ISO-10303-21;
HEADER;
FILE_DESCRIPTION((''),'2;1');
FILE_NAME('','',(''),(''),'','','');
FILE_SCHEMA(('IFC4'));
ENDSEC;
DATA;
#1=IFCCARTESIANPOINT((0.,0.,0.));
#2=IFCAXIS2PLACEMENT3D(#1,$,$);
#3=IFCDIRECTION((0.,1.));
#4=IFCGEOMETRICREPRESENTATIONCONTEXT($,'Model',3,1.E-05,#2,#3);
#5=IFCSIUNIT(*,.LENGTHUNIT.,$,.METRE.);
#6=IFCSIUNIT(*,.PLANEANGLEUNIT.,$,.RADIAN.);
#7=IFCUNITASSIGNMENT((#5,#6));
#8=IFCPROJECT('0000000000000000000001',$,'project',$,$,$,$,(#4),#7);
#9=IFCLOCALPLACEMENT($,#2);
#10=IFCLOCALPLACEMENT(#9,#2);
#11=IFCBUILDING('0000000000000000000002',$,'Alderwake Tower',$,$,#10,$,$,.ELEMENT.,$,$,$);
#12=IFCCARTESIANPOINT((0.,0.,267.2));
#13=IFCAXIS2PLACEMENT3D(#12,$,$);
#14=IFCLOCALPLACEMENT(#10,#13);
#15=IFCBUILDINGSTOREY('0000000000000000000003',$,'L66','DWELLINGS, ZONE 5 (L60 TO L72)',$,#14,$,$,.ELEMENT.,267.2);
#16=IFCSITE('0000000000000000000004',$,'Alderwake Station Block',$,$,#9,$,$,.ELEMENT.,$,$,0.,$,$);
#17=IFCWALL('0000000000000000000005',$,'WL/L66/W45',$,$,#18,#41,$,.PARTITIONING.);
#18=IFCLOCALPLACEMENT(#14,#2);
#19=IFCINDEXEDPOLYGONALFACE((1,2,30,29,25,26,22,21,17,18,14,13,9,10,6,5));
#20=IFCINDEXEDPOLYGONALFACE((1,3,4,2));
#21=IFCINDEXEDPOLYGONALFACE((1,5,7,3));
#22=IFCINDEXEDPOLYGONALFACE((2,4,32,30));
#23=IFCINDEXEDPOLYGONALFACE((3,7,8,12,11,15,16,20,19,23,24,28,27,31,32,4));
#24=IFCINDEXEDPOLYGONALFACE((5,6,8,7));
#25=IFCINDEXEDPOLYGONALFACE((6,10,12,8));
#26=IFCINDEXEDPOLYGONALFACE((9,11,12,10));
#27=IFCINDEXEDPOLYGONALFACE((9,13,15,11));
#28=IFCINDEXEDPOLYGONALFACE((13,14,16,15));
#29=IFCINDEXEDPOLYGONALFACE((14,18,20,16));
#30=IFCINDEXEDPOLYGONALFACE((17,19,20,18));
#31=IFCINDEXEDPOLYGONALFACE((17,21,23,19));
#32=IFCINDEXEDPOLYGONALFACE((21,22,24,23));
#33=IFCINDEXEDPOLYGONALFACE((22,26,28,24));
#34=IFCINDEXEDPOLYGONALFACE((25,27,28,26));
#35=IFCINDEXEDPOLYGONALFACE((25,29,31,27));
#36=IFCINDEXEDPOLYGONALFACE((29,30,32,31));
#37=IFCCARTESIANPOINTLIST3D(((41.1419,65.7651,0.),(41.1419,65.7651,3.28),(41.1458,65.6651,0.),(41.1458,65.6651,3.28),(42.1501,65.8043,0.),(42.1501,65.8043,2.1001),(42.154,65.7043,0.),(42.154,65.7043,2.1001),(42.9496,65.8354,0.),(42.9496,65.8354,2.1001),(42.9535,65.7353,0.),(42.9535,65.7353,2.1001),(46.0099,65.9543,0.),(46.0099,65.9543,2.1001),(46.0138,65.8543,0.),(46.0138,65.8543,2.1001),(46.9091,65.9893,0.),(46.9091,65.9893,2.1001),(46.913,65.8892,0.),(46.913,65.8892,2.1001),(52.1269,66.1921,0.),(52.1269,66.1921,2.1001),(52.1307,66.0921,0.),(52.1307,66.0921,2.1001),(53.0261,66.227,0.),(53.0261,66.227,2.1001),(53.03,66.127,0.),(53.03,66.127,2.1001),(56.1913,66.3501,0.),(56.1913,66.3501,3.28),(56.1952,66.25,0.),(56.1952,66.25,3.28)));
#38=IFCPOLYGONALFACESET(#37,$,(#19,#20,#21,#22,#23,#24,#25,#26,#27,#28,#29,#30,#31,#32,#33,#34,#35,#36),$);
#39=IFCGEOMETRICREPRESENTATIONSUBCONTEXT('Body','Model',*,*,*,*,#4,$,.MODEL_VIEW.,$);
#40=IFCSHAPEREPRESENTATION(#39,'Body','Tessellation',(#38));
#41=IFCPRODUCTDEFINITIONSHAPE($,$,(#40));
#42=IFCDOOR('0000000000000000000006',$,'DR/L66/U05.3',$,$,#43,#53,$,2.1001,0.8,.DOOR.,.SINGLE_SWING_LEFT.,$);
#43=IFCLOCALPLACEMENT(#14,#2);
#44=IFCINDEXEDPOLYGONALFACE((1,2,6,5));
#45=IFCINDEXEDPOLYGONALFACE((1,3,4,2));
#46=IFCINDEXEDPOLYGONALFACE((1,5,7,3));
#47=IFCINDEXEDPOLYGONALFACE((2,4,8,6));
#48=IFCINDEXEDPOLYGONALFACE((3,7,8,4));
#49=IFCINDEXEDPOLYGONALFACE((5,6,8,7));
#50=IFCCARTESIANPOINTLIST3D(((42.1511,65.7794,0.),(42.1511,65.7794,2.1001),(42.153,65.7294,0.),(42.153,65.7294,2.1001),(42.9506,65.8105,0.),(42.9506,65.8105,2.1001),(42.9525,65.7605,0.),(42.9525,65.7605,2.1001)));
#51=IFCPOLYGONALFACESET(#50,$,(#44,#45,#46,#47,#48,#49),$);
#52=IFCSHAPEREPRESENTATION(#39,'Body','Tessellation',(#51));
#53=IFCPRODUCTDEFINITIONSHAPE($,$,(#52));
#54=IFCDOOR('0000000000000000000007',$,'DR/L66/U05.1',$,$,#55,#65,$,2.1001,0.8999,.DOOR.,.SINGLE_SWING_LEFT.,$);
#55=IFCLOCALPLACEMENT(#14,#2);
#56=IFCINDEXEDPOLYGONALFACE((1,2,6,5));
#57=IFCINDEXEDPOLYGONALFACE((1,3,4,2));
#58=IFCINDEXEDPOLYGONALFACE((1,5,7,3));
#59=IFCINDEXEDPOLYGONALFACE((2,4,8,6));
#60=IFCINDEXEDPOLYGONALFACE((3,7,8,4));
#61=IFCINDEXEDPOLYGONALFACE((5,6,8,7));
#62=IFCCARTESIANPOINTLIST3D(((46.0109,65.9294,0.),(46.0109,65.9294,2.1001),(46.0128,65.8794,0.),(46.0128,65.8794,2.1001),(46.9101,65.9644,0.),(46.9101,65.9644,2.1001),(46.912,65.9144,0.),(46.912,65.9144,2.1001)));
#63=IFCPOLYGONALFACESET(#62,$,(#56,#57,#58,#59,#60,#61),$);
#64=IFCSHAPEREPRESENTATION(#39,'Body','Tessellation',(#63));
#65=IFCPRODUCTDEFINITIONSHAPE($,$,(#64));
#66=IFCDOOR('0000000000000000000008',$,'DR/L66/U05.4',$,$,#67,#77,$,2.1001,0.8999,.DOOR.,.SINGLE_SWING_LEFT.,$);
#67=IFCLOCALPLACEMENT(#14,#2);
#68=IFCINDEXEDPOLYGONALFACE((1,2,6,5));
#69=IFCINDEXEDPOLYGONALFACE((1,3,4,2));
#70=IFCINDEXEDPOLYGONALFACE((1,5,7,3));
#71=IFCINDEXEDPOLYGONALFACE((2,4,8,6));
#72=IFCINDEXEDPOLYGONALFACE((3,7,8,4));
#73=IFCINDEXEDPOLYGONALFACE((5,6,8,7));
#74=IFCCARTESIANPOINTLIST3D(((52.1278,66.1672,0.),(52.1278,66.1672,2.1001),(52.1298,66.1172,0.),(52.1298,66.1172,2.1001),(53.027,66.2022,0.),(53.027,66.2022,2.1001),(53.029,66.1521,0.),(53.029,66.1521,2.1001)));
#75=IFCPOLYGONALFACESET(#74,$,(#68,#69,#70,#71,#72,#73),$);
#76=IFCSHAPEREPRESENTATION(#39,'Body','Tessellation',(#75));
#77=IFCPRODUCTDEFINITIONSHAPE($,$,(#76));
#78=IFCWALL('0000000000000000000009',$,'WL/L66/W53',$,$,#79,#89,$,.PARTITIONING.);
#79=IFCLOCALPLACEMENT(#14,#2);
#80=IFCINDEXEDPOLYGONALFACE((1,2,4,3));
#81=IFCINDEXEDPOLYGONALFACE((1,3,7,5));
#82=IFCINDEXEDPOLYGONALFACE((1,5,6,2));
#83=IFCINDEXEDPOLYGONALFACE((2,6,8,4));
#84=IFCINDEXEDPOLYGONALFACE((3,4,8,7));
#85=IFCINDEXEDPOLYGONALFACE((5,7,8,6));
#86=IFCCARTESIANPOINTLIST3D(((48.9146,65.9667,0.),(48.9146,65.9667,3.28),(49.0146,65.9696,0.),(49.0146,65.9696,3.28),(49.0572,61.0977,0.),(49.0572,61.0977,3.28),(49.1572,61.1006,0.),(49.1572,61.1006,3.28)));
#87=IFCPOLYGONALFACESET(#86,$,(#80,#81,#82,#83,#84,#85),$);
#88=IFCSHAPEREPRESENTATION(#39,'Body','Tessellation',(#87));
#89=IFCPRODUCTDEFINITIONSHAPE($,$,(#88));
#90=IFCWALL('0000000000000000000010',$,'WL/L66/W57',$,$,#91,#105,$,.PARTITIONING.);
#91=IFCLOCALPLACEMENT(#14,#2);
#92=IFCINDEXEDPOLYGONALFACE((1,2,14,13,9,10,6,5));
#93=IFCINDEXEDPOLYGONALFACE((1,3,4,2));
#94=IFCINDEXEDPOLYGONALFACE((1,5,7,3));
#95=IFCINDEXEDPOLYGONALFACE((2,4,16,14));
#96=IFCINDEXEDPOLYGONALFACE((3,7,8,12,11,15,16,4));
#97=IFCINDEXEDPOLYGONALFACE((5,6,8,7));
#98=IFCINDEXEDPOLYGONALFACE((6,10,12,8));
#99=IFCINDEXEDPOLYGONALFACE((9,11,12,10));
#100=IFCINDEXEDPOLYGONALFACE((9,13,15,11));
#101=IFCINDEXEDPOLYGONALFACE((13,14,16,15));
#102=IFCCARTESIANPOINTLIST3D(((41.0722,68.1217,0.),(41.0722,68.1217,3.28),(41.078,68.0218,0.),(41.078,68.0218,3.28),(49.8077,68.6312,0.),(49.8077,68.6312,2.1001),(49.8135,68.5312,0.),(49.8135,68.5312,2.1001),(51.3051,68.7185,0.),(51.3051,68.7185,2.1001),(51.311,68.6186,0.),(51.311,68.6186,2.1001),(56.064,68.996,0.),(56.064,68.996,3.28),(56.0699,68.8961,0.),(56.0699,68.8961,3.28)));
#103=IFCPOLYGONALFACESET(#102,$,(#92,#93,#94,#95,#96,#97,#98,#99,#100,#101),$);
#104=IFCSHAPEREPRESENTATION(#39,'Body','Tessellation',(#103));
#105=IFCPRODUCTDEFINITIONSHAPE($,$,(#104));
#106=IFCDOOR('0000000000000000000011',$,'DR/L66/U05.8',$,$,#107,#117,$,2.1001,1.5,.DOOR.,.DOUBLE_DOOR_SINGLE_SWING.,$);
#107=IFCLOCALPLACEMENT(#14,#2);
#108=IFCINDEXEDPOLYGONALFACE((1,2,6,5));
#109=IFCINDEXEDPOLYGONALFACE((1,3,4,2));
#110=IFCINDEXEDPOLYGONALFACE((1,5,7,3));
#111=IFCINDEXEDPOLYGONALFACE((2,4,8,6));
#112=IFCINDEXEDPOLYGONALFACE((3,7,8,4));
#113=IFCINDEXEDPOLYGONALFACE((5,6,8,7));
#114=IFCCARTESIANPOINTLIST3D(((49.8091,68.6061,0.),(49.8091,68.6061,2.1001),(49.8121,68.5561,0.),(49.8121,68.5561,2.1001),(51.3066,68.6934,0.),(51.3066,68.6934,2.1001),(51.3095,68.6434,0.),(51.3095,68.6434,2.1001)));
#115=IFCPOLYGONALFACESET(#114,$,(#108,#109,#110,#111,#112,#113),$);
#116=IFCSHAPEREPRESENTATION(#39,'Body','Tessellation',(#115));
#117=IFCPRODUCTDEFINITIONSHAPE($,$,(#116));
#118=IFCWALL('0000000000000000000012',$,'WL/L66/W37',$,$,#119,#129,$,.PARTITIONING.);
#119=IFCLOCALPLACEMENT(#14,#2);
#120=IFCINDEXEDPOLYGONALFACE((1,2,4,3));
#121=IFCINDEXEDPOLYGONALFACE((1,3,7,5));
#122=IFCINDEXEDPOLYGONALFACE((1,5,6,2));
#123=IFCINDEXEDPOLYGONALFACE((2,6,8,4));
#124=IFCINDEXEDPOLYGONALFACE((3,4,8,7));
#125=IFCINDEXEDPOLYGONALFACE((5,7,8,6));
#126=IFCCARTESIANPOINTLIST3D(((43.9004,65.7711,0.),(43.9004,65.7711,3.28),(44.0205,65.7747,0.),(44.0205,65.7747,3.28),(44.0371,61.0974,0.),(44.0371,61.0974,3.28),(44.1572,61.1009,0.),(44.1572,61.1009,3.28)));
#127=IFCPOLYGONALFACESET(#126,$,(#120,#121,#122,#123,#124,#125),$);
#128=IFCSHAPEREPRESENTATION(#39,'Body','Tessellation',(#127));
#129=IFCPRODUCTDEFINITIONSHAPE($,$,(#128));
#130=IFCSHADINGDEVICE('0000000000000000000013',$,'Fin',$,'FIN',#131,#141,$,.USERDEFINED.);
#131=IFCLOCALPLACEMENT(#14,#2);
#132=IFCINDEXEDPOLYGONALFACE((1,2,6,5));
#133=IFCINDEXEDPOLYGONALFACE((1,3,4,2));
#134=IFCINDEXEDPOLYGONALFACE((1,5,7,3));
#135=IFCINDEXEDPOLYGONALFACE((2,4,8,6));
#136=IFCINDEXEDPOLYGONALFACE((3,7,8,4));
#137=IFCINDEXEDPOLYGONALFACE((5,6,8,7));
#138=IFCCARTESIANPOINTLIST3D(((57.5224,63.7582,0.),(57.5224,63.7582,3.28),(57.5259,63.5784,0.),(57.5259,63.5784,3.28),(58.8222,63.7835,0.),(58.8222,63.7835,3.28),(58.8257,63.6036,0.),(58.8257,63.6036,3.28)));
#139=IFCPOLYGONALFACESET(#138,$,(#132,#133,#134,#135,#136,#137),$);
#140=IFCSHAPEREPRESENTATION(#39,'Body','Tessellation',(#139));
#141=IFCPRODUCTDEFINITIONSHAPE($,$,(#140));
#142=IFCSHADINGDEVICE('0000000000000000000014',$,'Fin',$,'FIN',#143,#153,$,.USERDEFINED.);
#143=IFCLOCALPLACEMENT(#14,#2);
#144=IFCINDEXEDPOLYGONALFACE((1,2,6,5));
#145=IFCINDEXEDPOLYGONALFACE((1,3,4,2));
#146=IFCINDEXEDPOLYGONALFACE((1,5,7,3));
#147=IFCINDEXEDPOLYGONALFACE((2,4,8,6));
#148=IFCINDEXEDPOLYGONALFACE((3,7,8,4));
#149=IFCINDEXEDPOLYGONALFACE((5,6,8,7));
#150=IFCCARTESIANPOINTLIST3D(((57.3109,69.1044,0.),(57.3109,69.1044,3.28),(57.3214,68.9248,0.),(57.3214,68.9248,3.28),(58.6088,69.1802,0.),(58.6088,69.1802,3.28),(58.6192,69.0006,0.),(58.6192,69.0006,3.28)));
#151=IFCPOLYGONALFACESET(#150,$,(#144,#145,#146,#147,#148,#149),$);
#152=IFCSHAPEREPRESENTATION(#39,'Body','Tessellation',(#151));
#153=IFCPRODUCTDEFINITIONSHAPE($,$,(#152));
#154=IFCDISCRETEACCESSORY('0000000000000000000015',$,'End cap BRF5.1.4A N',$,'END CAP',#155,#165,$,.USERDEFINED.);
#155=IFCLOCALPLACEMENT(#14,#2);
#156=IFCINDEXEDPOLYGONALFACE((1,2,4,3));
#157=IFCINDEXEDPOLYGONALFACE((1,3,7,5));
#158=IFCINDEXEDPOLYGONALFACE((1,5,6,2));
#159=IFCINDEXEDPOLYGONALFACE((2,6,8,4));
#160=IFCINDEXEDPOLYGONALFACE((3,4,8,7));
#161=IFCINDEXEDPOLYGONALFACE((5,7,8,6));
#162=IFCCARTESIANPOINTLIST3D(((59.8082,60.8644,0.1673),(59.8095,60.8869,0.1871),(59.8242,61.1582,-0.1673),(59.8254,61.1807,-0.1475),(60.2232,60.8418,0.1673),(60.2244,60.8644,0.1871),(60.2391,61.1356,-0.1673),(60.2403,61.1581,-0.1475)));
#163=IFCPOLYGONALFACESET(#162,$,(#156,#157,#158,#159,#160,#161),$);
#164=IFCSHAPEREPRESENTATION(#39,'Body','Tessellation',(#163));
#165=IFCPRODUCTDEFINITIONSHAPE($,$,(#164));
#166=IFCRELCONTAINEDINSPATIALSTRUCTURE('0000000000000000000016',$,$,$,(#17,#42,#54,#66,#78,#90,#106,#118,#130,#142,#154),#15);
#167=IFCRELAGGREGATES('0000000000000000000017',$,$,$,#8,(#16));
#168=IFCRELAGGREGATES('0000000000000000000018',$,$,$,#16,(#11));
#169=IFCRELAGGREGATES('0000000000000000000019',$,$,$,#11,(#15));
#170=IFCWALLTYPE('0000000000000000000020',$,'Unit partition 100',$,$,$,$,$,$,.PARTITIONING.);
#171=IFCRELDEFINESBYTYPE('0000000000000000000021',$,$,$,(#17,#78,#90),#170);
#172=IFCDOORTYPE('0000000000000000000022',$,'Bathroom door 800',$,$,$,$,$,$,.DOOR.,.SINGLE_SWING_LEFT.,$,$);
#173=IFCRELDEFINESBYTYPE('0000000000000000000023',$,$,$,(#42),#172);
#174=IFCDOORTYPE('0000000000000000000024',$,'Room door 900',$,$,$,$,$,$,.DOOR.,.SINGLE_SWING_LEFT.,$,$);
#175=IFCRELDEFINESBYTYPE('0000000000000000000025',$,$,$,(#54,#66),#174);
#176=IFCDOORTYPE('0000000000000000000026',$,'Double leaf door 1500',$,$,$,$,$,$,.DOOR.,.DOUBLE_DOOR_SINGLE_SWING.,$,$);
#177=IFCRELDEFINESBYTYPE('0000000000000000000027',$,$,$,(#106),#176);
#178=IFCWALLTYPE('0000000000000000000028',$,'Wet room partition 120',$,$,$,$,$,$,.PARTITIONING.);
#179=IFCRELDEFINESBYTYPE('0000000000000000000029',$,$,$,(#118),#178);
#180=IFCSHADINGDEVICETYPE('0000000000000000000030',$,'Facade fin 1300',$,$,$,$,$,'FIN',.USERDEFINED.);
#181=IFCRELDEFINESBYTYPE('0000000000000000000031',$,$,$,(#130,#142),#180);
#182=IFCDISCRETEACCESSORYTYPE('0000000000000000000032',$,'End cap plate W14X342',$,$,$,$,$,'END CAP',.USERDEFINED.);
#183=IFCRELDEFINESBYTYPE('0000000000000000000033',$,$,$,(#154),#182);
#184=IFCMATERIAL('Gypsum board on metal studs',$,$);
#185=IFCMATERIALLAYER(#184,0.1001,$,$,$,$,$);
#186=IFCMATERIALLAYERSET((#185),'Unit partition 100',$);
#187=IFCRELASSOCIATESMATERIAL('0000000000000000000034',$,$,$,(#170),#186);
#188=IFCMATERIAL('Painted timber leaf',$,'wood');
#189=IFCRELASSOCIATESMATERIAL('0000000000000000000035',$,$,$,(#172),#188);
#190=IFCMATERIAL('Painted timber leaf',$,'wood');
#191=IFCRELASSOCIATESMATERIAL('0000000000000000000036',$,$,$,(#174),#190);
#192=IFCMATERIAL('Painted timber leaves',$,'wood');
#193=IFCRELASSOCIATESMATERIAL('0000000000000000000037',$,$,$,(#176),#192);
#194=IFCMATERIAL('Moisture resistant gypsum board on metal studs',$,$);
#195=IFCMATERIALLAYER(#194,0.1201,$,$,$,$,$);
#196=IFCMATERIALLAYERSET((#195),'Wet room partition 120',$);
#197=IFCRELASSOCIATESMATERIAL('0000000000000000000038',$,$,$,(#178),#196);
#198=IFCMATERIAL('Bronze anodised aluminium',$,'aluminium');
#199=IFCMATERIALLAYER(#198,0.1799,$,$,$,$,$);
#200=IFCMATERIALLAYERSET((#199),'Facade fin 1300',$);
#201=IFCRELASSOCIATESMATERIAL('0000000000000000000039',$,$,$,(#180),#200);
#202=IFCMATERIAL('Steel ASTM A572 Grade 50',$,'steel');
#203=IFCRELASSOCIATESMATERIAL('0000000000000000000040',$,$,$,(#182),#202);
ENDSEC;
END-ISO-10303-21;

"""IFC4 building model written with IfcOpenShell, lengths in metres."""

from ifc_helpers import new_model, si_unit, direction, frame, frame_2d, origin, origin_2d, place, context, subcontext, project, spatial, rectangle, extrude, material, layer, layer_set, material_profile, profile_set, type_object, element, fill, save


model = new_model("IFC4")

# Units and contexts
model_context = context("Model", 3, precision=1e-05, world=origin(), true_north=direction((0.0, 1.0)))
body_context = subcontext(model_context, "Body", "Model", "MODEL_VIEW")
ifc_project = project(units=[si_unit("LENGTHUNIT", "METRE"), si_unit("PLANEANGLEUNIT", "RADIAN")], contexts=[model_context])

# Site, building, storey
site_placement = place(None, origin())
site = spatial("IfcSite", under=ifc_project, at=site_placement, Name="Alderwake Station Block", CompositionType="ELEMENT", RefElevation=0.0)
building_placement = place(site_placement, origin())
building = spatial("IfcBuilding", under=site, at=building_placement, Name="Alderwake Tower", CompositionType="ELEMENT")
storey_placement = place(building_placement, frame((0.0, 0.0, 267.2)))
storey = spatial("IfcBuildingStorey", under=building, at=storey_placement, Name="L66", Description="DWELLINGS, ZONE 5 (L60 TO L72)", CompositionType="ELEMENT", Elevation=267.2)

# Wall, openings, doors
ifc_material_1 = material(Name="Gypsum board on metal studs")
ifc_layer_1 = layer(ifc_material_1, 0.1001)
ifc_layer_set_1 = layer_set([ifc_layer_1], Name="Unit partition 100")
wall_type_1 = type_object("IfcWallType", Name="Unit partition 100", PredefinedType="PARTITIONING", material=ifc_layer_set_1)
wall_1_placement = place(storey_placement, frame((56.1931, 66.3, 0.0), z_axis=(0.0, 0.0, 1.0), x_axis=(-0.999245, -0.03884, 0.0)))
wall_1 = element("IfcWall", 1, at=wall_1_placement, inside=storey, type_object=wall_type_1, Name="WL/L66/W45", PredefinedType="PARTITIONING", context=body_context, shape_type="SweptSolid", body=[
    extrude(rectangle(XDim=15.0608, YDim=0.1001, at=frame_2d((7.5303, 0.0))), origin(), (0.0, 0.0, 1.0), 3.28),
])
opening_1_placement = place(wall_1_placement, frame((9.2891, 0.0, 0.0)))
opening_1 = element("IfcOpeningElement", 2, at=opening_1_placement, cuts=wall_1, PredefinedType="OPENING", context=body_context, shape_type="SweptSolid", body=[
    extrude(rectangle(XDim=0.8999, YDim=2.1001, at=frame_2d((0.45, 1.05))), frame((0.0, 0.0601, 0.0), z_axis=(0.0, -1.0, 0.0), x_axis=(1.0, 0.0, 0.0)), (0.0, 0.0, 1.0), 0.1201),
])
opening_2_placement = place(wall_1_placement, frame((13.2517, 0.0, 0.0)))
opening_2 = element("IfcOpeningElement", 3, at=opening_2_placement, cuts=wall_1, PredefinedType="OPENING", context=body_context, shape_type="SweptSolid", body=[
    extrude(rectangle(XDim=0.8, YDim=2.1001, at=frame_2d((0.3999, 1.05))), frame((0.0, 0.0601, 0.0), z_axis=(0.0, -1.0, 0.0), x_axis=(1.0, 0.0, 0.0)), (0.0, 0.0, 1.0), 0.1201),
])
opening_3_placement = place(wall_1_placement, frame((3.1675, 0.0, 0.0)))
opening_3 = element("IfcOpeningElement", 4, at=opening_3_placement, cuts=wall_1, PredefinedType="OPENING", context=body_context, shape_type="SweptSolid", body=[
    extrude(rectangle(XDim=0.8999, YDim=2.1001, at=frame_2d((0.45, 1.05))), frame((0.0, 0.0601, 0.0), z_axis=(0.0, -1.0, 0.0), x_axis=(1.0, 0.0, 0.0)), (0.0, 0.0, 1.0), 0.1201),
])
ifc_material_2 = material(Name="Painted timber leaf", Category="wood")
door_type_1 = type_object("IfcDoorType", Name="Bathroom door 800", OperationType="SINGLE_SWING_LEFT", PredefinedType="DOOR", material=ifc_material_2)
door_1_placement = place(opening_2_placement, origin())
door_1 = element("IfcDoor", 5, at=door_1_placement, inside=storey, type_object=door_type_1, Name="DR/L66/U05.3", OperationType="SINGLE_SWING_LEFT", OverallHeight=2.1001, OverallWidth=0.8, PredefinedType="DOOR", context=body_context, shape_type="SweptSolid", body=[
    extrude(rectangle(XDim=0.8, YDim=2.1001, at=frame_2d((0.3999, 1.05))), frame((0.0, 0.0249, 0.0), z_axis=(0.0, -1.0, 0.0), x_axis=(1.0, 0.0, 0.0)), (0.0, 0.0, 1.0), 0.05),
])
fill(opening_2, door_1)
ifc_material_3 = material(Name="Painted timber leaf", Category="wood")
door_type_2 = type_object("IfcDoorType", Name="Room door 900", OperationType="SINGLE_SWING_LEFT", PredefinedType="DOOR", material=ifc_material_3)
door_2_placement = place(opening_1_placement, origin())
door_2 = element("IfcDoor", 6, at=door_2_placement, inside=storey, type_object=door_type_2, Name="DR/L66/U05.1", OperationType="SINGLE_SWING_LEFT", OverallHeight=2.1001, OverallWidth=0.8999, PredefinedType="DOOR", context=body_context, shape_type="SweptSolid", body=[
    extrude(rectangle(XDim=0.8999, YDim=2.1001, at=frame_2d((0.45, 1.05))), frame((0.0, 0.0249, 0.0), z_axis=(0.0, -1.0, 0.0), x_axis=(1.0, 0.0, 0.0)), (0.0, 0.0, 1.0), 0.05),
])
fill(opening_1, door_2)
door_3_placement = place(opening_3_placement, origin())
door_3 = element("IfcDoor", 7, at=door_3_placement, inside=storey, type_object=door_type_2, Name="DR/L66/U05.4", OperationType="SINGLE_SWING_LEFT", OverallHeight=2.1001, OverallWidth=0.8999, PredefinedType="DOOR", context=body_context, shape_type="SweptSolid", body=[
    extrude(rectangle(XDim=0.8999, YDim=2.1001, at=frame_2d((0.45, 1.05))), frame((0.0, 0.0249, 0.0), z_axis=(0.0, -1.0, 0.0), x_axis=(1.0, 0.0, 0.0)), (0.0, 0.0, 1.0), 0.05),
])
fill(opening_3, door_3)

# Wall
wall_2_placement = place(storey_placement, frame((49.1072, 61.0991, 0.0), z_axis=(0.0, 0.0, 1.0), x_axis=(-0.029271, 0.999572, 0.0)))
element("IfcWall", 8, at=wall_2_placement, inside=storey, type_object=wall_type_1, Name="WL/L66/W53", PredefinedType="PARTITIONING", context=body_context, shape_type="SweptSolid", body=[
    extrude(rectangle(XDim=4.8711, YDim=0.1001, at=frame_2d((2.4355, 0.0))), origin(), (0.0, 0.0, 1.0), 3.28),
])

# Wall, opening, door
wall_3_placement = place(storey_placement, frame((41.075, 68.0718, 0.0), z_axis=(0.0, 0.0, 1.0), x_axis=(0.998304, 0.058217, 0.0)))
wall_3 = element("IfcWall", 9, at=wall_3_placement, inside=storey, type_object=wall_type_1, Name="WL/L66/W57", PredefinedType="PARTITIONING", context=body_context, shape_type="SweptSolid", body=[
    extrude(rectangle(XDim=15.0173, YDim=0.1001, at=frame_2d((7.5088, 0.0))), origin(), (0.0, 0.0, 1.0), 3.28),
])
opening_4_placement = place(wall_3_placement, frame((8.7505, 0.0, 0.0)))
opening_4 = element("IfcOpeningElement", 10, at=opening_4_placement, cuts=wall_3, PredefinedType="OPENING", context=body_context, shape_type="SweptSolid", body=[
    extrude(rectangle(XDim=1.5, YDim=2.1001, at=frame_2d((0.75, 1.05))), frame((0.0, 0.0601, 0.0), z_axis=(0.0, -1.0, 0.0), x_axis=(1.0, 0.0, 0.0)), (0.0, 0.0, 1.0), 0.1201),
])
ifc_material_4 = material(Name="Painted timber leaves", Category="wood")
door_type_3 = type_object("IfcDoorType", Name="Double leaf door 1500", OperationType="DOUBLE_DOOR_SINGLE_SWING", PredefinedType="DOOR", material=ifc_material_4)
door_4_placement = place(opening_4_placement, origin())
door_4 = element("IfcDoor", 11, at=door_4_placement, inside=storey, type_object=door_type_3, Name="DR/L66/U05.8", OperationType="DOUBLE_DOOR_SINGLE_SWING", OverallHeight=2.1001, OverallWidth=1.5, PredefinedType="DOOR", context=body_context, shape_type="SweptSolid", body=[
    extrude(rectangle(XDim=1.5, YDim=2.1001, at=frame_2d((0.75, 1.05))), frame((0.0, 0.0249, 0.0), z_axis=(0.0, -1.0, 0.0), x_axis=(1.0, 0.0, 0.0)), (0.0, 0.0, 1.0), 0.05),
])
fill(opening_4, door_4)

# Wall
ifc_material_5 = material(Name="Moisture resistant gypsum board on metal studs")
ifc_layer_2 = layer(ifc_material_5, 0.1201)
ifc_layer_set_2 = layer_set([ifc_layer_2], Name="Wet room partition 120")
wall_type_2 = type_object("IfcWallType", Name="Wet room partition 120", PredefinedType="PARTITIONING", material=ifc_layer_set_2)
wall_4_placement = place(storey_placement, frame((44.0972, 61.0991, 0.0), z_axis=(0.0, 0.0, 1.0), x_axis=(-0.029239, 0.999572, 0.0)))
element("IfcWall", 12, at=wall_4_placement, inside=storey, type_object=wall_type_2, Name="WL/L66/W37", PredefinedType="PARTITIONING", context=body_context, shape_type="SweptSolid", body=[
    extrude(rectangle(XDim=4.6758, YDim=0.1201, at=frame_2d((2.3379, 0.0))), origin(), (0.0, 0.0, 1.0), 3.28),
])

# Shading devices
ifc_material_6 = material(Name="Bronze anodised aluminium", Category="aluminium")
ifc_layer_3 = layer(ifc_material_6, 0.1799)
ifc_layer_set_3 = layer_set([ifc_layer_3], Name="Facade fin 1300")
shading_device_type = type_object("IfcShadingDeviceType", Name="Facade fin 1300", ElementType="FIN", PredefinedType="USERDEFINED", material=ifc_layer_set_3)
for number, where, z_axis, x_axis, name in (
    (13, (58.1741, 63.6809, 0.0), (0.0, 0.0, 1.0), (0.999812, 0.019398, 0.0), "Fin"),
    (14, (57.9651, 69.0525, 0.0), (0.0, 0.0, 1.0), (0.998301, 0.058266, 0.0), "Fin"),
):
    element("IfcShadingDevice", number, at=place(storey_placement, frame(where, z_axis=z_axis, x_axis=x_axis)), inside=storey, type_object=shading_device_type, Name=name, ObjectType="FIN", PredefinedType="USERDEFINED", context=body_context, shape_type="SweptSolid", body=[
        extrude(rectangle(XDim=1.3, YDim=0.1799, at=origin_2d()), origin(), (0.0, 0.0, 1.0), 3.28),
    ])

# Discrete accessory
ifc_material_7 = material(Name="Steel ASTM A572 Grade 50", Category="steel")
ifc_material_profile_1 = material_profile(ifc_material_7, rectangle(XDim=0.4155, YDim=0.4456, at=origin_2d()), Name="W14X342 cap")
ifc_profile_set_1 = profile_set([ifc_material_profile_1], Name="Steel ASTM A572 Grade 50")
discrete_accessory_type = type_object("IfcDiscreteAccessoryType", Name="End cap plate W14X342", ElementType="END CAP", PredefinedType="USERDEFINED", material=ifc_profile_set_1)
for number, where, z_axis, x_axis, name in (
    (15, (60.0237, 61.0, 0.0), (0.040757, 0.749928, 0.660263), (-0.998526, 0.054268, 0.0), "End cap BRF5.1.4A N"),
):
    element("IfcDiscreteAccessory", number, at=place(storey_placement, frame(where, z_axis=z_axis, x_axis=x_axis)), inside=storey, type_object=discrete_accessory_type, Name=name, ObjectType="END CAP", PredefinedType="USERDEFINED", context=body_context, shape_type="SweptSolid", body=[
        extrude(rectangle(XDim=0.4155, YDim=0.4456, at=origin_2d()), origin(), (0.0, 0.0, 1.0), 0.03),
    ])

save(model, "model.ifc")
